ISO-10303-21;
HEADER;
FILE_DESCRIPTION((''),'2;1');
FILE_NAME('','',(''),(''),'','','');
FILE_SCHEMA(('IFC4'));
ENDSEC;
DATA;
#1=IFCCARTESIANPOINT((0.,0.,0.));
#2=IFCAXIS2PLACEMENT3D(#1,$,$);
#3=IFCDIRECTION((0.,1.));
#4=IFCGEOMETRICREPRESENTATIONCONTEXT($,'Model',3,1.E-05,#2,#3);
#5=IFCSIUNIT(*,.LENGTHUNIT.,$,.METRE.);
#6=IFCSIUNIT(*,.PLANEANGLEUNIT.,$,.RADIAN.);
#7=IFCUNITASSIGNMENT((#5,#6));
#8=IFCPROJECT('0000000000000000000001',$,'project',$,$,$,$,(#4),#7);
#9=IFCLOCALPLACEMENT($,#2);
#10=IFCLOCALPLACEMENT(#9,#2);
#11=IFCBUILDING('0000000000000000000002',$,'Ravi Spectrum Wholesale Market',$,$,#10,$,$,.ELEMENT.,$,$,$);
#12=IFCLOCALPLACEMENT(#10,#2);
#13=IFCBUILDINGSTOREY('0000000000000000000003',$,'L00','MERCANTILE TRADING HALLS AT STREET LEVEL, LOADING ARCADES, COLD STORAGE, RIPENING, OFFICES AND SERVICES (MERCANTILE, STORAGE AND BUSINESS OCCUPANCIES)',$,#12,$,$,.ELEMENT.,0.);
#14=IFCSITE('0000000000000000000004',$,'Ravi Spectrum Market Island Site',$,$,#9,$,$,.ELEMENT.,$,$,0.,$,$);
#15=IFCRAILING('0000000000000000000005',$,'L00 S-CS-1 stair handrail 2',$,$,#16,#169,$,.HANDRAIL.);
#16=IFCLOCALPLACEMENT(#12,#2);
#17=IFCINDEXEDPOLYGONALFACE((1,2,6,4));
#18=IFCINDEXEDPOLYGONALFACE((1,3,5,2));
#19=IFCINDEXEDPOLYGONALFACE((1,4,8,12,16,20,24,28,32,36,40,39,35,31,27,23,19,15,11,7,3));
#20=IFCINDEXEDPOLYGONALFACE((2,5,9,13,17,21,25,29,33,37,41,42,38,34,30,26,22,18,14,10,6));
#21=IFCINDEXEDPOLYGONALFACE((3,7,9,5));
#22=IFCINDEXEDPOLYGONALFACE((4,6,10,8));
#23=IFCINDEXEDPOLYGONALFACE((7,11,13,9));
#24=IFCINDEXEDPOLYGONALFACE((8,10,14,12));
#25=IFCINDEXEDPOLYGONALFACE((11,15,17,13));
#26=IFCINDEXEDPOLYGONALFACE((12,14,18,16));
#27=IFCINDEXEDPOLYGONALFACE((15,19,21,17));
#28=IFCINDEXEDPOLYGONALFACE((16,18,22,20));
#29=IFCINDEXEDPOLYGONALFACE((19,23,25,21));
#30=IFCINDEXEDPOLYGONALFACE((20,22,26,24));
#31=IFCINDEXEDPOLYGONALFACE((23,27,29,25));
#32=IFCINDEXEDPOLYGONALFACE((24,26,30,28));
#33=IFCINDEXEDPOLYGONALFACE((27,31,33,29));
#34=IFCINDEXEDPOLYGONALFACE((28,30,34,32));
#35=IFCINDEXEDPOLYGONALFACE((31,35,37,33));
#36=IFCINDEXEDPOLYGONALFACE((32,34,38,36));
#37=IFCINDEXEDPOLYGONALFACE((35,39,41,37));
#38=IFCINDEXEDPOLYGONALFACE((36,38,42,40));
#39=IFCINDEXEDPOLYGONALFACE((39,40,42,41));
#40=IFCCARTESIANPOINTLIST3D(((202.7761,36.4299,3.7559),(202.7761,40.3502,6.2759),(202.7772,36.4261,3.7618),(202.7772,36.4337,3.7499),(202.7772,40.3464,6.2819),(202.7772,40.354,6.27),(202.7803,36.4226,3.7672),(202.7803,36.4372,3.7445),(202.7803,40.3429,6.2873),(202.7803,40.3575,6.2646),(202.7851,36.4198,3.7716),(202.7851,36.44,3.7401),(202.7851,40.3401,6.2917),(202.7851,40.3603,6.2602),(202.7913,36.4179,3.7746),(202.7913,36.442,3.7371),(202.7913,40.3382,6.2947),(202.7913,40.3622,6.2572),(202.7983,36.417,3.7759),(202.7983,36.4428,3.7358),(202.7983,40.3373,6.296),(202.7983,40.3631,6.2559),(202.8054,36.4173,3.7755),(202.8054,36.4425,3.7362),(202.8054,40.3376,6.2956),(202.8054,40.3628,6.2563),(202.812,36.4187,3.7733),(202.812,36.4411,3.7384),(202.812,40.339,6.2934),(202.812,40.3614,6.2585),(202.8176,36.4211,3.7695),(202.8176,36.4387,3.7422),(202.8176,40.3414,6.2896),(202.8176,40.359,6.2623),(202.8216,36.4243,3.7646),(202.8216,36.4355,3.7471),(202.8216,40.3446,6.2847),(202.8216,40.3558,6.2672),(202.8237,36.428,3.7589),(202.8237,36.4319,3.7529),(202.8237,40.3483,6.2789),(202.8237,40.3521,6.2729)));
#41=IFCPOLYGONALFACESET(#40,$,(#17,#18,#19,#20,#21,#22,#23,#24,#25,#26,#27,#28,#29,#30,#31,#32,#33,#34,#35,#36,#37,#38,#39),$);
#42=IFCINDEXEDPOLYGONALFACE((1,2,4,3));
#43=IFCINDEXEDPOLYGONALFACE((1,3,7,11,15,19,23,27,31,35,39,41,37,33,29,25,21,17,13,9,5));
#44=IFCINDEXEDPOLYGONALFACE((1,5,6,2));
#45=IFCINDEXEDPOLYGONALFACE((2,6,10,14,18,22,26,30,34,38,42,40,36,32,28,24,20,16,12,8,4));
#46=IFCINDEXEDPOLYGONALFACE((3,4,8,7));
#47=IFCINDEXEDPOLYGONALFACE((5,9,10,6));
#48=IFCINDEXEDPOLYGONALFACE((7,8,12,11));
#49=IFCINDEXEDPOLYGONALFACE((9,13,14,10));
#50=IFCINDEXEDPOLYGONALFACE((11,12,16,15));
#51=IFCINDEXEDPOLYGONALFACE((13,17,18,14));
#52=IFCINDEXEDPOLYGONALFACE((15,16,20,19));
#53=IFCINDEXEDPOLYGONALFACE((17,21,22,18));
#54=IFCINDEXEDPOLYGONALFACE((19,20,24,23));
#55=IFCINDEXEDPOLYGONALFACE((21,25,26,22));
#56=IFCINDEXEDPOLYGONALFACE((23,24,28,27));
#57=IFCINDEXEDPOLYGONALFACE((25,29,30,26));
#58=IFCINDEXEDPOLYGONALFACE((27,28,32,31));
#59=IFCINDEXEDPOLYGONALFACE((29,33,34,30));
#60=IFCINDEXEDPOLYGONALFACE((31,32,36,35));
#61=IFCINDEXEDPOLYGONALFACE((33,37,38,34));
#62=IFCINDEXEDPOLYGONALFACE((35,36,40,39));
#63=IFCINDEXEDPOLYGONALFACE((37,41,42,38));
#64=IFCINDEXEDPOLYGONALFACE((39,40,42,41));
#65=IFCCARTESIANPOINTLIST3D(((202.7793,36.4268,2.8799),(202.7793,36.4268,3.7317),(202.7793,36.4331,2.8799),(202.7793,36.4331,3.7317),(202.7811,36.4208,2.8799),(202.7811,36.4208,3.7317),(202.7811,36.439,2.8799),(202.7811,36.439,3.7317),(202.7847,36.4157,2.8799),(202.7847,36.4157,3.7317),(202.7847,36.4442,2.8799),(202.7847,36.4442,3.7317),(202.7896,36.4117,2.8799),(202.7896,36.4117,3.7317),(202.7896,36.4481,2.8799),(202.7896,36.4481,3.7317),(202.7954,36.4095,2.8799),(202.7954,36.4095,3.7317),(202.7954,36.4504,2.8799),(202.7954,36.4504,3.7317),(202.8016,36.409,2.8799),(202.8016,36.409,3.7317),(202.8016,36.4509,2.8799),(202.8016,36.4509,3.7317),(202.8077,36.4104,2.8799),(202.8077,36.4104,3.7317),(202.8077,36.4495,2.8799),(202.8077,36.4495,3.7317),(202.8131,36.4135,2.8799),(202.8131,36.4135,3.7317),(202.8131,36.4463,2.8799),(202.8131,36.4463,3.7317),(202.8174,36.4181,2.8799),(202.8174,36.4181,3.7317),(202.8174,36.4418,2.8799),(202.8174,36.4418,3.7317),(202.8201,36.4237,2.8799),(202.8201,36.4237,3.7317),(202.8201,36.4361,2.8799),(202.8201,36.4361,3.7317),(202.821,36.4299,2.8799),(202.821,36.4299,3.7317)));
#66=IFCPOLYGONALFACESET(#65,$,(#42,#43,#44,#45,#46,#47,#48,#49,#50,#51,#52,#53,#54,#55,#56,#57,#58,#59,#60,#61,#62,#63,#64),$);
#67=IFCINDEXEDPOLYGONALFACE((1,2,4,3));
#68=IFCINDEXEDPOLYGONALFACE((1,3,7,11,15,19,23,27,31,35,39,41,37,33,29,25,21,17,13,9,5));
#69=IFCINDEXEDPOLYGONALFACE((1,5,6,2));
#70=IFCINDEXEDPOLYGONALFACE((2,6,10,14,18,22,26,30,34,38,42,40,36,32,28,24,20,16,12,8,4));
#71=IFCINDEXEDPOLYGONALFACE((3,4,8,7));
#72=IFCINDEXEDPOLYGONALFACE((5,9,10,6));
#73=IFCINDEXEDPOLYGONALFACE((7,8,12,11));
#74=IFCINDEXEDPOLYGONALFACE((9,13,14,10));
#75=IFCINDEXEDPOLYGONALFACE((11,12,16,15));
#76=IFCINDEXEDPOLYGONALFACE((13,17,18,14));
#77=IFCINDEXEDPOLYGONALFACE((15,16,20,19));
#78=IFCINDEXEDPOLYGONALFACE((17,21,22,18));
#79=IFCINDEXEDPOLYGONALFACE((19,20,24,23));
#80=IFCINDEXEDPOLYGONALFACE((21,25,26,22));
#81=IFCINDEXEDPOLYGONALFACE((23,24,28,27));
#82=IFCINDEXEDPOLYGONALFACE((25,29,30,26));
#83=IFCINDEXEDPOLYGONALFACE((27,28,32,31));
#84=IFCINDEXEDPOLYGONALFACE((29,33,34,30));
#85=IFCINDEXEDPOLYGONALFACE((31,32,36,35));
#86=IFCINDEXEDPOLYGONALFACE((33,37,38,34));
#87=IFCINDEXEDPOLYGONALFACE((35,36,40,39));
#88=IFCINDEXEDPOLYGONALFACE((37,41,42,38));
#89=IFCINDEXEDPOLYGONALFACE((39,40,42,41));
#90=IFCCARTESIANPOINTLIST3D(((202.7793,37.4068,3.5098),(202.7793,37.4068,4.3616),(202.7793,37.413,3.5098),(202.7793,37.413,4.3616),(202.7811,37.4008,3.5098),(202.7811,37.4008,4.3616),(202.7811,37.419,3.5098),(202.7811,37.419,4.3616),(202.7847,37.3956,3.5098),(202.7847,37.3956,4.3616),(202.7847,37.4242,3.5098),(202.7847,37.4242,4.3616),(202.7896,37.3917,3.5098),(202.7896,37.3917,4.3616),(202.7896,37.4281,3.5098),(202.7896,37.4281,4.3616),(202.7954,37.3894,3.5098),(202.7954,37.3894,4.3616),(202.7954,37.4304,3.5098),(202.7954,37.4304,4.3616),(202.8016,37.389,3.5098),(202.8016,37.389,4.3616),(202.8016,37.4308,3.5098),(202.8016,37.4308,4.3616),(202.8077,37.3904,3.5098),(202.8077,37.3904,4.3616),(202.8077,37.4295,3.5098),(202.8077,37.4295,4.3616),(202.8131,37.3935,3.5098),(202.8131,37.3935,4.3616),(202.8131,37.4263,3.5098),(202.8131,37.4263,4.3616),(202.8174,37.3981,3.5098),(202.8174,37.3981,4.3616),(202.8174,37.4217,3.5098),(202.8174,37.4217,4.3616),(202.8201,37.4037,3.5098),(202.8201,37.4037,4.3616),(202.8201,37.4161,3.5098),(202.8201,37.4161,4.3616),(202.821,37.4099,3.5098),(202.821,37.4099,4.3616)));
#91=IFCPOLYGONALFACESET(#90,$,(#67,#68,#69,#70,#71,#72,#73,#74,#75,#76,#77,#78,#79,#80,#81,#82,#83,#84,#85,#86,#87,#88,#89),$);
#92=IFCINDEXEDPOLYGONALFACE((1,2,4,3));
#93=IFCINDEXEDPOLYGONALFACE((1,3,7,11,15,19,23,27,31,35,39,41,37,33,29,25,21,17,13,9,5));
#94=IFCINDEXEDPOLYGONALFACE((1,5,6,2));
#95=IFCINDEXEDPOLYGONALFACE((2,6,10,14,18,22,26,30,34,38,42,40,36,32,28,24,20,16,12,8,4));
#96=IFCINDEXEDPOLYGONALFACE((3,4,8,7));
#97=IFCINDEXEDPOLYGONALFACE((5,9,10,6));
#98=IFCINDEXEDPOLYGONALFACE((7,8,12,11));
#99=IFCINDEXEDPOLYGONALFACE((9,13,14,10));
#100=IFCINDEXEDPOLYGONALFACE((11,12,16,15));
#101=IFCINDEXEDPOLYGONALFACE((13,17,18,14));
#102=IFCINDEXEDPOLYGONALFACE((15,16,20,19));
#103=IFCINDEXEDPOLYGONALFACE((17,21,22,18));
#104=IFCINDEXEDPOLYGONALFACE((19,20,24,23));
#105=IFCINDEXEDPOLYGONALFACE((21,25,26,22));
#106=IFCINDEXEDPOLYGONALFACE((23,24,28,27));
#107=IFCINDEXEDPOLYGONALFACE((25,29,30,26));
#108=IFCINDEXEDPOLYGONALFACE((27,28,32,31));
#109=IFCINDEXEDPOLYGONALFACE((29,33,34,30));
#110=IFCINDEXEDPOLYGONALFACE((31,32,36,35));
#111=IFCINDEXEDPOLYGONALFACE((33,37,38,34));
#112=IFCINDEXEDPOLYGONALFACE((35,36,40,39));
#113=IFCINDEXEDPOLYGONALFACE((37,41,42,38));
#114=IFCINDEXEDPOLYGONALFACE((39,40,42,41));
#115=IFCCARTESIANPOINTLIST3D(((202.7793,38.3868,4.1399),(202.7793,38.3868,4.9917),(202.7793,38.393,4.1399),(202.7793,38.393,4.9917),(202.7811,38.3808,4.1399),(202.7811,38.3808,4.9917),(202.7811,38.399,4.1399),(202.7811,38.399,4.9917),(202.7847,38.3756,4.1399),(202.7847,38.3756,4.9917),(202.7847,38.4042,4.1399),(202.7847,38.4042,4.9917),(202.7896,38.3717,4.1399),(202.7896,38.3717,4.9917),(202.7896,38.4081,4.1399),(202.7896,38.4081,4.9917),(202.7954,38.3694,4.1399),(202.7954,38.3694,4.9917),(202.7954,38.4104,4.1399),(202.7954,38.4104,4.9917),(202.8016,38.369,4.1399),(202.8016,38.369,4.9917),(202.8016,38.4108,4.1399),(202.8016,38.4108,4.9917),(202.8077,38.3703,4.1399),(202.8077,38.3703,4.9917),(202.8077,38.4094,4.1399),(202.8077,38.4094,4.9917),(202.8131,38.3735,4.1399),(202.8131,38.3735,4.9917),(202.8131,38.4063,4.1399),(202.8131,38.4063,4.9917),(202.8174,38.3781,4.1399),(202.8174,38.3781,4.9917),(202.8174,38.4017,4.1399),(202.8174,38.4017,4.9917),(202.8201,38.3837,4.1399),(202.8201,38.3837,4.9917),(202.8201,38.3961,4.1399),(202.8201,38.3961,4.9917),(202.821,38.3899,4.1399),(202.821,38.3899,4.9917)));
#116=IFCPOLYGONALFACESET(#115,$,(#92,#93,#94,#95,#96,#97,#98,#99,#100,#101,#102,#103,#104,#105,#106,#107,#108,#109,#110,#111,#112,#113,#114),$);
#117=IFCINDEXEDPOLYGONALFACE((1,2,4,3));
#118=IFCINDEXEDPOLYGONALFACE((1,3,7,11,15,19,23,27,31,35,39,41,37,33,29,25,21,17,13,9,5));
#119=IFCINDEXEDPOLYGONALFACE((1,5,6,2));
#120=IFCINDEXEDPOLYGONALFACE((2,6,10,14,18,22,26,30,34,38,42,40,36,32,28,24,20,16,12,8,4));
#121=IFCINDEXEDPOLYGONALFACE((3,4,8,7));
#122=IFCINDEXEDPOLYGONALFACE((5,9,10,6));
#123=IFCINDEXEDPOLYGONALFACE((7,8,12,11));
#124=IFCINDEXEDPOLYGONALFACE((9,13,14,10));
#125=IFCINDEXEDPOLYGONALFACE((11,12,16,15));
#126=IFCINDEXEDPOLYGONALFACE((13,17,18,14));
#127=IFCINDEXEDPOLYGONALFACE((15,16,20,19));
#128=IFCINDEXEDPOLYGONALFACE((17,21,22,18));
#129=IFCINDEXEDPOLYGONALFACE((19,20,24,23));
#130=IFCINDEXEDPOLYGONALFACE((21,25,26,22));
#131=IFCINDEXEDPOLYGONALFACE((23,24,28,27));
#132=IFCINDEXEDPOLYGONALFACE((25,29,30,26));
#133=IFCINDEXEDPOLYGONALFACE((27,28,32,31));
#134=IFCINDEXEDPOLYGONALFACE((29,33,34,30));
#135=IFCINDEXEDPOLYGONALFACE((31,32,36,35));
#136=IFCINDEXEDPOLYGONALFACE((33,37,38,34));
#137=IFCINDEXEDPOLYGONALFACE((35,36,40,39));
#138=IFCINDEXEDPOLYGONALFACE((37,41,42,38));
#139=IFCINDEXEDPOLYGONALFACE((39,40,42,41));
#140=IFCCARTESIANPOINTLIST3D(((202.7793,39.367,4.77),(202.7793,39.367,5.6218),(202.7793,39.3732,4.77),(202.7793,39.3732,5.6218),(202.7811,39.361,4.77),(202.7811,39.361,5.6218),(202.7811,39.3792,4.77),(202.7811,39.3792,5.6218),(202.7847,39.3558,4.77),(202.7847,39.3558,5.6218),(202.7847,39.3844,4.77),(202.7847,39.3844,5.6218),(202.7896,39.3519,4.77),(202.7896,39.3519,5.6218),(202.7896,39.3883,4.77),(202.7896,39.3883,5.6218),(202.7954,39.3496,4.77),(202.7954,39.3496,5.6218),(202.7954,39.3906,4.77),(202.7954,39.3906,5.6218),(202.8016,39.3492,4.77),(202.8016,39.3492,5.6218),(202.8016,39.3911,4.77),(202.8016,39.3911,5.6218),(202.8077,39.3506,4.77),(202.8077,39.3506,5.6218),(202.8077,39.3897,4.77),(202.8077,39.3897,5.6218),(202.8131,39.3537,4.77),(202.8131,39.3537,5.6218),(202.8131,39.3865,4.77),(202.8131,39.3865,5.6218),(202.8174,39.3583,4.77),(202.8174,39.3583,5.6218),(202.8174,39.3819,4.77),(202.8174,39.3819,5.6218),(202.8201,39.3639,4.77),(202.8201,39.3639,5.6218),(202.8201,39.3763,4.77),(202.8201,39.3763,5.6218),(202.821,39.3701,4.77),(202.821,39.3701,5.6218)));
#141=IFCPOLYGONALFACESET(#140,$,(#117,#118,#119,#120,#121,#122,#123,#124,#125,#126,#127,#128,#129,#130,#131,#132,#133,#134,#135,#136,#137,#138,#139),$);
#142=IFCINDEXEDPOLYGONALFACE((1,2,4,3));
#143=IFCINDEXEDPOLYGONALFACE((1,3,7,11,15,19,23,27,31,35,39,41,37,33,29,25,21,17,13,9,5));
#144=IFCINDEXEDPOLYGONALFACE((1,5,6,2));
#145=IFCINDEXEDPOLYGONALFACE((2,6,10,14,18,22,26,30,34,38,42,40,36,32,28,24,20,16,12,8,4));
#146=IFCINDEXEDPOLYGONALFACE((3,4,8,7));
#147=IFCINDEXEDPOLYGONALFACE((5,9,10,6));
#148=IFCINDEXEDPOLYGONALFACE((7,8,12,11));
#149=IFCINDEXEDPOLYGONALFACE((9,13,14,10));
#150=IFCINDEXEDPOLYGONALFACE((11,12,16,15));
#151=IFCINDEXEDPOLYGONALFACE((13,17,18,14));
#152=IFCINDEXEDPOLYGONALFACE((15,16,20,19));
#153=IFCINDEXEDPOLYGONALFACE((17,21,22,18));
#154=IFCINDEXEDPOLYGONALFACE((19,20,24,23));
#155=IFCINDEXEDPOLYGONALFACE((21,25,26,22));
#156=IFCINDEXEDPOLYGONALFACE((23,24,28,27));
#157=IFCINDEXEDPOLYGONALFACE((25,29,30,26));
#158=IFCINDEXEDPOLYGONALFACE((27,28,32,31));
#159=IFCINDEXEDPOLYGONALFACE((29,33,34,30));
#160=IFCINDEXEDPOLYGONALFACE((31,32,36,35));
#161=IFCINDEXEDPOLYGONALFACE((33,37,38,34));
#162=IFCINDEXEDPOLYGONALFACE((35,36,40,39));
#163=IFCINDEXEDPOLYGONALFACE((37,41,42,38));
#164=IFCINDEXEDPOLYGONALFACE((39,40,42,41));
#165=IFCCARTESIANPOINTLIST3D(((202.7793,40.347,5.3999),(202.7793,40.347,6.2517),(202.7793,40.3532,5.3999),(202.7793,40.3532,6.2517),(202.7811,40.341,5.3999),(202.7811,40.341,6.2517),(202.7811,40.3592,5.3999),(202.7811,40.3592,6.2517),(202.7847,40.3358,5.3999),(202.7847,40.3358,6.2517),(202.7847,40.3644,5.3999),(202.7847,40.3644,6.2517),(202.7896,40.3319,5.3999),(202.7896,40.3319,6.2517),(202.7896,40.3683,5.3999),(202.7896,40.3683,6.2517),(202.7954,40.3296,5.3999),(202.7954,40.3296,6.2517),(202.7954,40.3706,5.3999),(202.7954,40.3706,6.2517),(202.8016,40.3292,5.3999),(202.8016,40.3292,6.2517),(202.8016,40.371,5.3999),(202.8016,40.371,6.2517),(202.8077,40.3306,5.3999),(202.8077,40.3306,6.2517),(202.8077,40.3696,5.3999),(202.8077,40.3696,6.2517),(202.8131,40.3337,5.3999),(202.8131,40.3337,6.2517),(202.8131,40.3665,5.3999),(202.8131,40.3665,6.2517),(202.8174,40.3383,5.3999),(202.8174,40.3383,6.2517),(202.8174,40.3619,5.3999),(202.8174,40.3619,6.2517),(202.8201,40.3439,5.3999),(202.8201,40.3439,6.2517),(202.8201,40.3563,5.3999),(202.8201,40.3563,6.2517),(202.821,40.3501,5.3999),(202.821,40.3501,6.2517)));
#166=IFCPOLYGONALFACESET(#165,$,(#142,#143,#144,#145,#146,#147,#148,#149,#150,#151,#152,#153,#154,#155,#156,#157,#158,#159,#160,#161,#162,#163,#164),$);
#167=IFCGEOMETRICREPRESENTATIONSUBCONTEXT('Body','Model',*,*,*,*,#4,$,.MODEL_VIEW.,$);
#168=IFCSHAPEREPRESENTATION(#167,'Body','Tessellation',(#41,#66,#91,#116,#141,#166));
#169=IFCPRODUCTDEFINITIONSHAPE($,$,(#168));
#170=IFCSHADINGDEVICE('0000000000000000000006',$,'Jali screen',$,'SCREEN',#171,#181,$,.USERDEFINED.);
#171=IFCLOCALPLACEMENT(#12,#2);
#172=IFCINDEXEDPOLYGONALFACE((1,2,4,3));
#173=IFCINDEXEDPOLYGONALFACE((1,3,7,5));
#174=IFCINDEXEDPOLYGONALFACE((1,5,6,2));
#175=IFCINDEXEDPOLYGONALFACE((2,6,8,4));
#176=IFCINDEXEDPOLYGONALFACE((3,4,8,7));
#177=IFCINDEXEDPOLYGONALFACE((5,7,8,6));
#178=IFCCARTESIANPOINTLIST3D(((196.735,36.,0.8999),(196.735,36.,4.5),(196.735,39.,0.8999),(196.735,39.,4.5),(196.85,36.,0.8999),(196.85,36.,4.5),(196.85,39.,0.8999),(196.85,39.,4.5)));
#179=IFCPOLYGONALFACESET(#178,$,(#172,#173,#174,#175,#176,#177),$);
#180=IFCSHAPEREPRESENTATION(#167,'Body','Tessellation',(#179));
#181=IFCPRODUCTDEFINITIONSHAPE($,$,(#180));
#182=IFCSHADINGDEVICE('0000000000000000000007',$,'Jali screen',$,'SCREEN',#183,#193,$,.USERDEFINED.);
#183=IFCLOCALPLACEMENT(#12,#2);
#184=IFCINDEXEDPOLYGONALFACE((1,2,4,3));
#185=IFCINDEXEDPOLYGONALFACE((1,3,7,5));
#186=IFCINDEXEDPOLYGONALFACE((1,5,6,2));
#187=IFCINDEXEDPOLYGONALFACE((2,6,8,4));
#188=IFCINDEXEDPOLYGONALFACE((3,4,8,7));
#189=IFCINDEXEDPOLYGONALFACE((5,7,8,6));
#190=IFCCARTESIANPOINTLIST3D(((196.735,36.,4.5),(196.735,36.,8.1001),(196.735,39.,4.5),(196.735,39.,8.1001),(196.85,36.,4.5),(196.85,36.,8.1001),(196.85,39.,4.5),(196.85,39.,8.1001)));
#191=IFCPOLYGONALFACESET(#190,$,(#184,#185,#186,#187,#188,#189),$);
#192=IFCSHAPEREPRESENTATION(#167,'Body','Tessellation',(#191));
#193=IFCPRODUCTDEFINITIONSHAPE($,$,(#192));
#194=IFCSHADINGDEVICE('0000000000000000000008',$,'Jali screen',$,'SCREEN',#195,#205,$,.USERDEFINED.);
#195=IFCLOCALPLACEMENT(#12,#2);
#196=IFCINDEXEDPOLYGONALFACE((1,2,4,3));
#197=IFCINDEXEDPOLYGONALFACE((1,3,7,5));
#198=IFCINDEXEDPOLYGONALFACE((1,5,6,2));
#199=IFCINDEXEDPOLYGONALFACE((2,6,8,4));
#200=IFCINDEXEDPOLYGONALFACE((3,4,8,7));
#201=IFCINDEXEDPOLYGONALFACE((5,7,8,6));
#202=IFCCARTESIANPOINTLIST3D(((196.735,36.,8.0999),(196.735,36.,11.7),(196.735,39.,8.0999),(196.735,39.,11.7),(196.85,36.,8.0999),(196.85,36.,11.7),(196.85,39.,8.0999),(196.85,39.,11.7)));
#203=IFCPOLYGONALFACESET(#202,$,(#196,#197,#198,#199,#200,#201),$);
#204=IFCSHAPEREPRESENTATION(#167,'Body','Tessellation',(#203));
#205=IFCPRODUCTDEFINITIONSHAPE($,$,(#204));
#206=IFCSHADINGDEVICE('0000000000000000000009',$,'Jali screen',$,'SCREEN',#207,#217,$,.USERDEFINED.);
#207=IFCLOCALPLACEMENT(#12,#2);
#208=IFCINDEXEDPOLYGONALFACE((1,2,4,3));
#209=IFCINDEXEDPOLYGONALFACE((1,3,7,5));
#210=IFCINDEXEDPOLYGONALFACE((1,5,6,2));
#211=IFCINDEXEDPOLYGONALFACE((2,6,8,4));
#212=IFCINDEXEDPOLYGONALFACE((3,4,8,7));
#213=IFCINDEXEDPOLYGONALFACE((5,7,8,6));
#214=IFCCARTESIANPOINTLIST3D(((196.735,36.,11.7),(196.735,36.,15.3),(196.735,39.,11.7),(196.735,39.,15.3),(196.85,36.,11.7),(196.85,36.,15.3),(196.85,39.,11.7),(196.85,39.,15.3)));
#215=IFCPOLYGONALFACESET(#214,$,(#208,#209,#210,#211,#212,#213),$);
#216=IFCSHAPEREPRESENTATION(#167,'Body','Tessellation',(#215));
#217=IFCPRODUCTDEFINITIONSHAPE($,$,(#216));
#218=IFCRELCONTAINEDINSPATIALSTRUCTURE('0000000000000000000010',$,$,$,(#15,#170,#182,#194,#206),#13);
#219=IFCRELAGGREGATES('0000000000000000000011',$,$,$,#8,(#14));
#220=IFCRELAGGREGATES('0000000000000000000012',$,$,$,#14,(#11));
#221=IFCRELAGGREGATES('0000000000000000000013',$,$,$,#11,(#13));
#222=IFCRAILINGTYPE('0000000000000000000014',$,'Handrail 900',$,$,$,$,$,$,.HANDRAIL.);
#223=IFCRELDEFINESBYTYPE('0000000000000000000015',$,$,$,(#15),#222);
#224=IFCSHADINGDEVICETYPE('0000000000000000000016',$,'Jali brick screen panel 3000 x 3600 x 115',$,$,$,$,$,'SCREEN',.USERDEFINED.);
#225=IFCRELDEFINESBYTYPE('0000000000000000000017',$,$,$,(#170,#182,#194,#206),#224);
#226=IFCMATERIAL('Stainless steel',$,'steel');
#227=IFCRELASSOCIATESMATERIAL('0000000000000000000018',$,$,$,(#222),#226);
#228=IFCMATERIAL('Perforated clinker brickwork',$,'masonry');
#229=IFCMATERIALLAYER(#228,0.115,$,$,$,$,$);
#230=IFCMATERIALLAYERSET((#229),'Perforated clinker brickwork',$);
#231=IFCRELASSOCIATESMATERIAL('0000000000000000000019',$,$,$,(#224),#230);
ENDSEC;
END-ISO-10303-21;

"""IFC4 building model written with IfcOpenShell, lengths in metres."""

from ifc_helpers import new_model, si_unit, direction, frame, origin, origin_2d, place, context, subcontext, project, spatial, rectangle, circle, extrude, material, layer, layer_set, type_object, element, save


model = new_model("IFC4")

# Units and contexts
model_context = context("Model", 3, precision=1e-05, world=origin(), true_north=direction((0.0, 1.0)))
body_context = subcontext(model_context, "Body", "Model", "MODEL_VIEW")
ifc_project = project(units=[si_unit("LENGTHUNIT", "METRE"), si_unit("PLANEANGLEUNIT", "RADIAN")], contexts=[model_context])

# Site, building, storey
site_placement = place(None, origin())
site = spatial("IfcSite", under=ifc_project, at=site_placement, Name="Ravi Spectrum Market Island Site", CompositionType="ELEMENT", RefElevation=0.0)
building_placement = place(site_placement, origin())
building = spatial("IfcBuilding", under=site, at=building_placement, Name="Ravi Spectrum Wholesale Market", CompositionType="ELEMENT")
storey_placement = place(building_placement, origin())
storey = spatial("IfcBuildingStorey", under=building, at=storey_placement, Name="L00", Description="MERCANTILE TRADING HALLS AT STREET LEVEL, LOADING ARCADES, COLD STORAGE, RIPENING, OFFICES AND SERVICES (MERCANTILE, STORAGE AND BUSINESS OCCUPANCIES)", CompositionType="ELEMENT", Elevation=0.0)

# Railing
ifc_material_1 = material(Name="Stainless steel", Category="steel")
railing_type_1 = type_object("IfcRailingType", Name="Handrail 900", PredefinedType="HANDRAIL", material=ifc_material_1)
railing_1_placement = place(storey_placement, frame((202.8, 36.4299, 2.8799)))
element("IfcRailing", 1, at=railing_1_placement, inside=storey, type_object=railing_type_1, Name="L00 S-CS-1 stair handrail 2", PredefinedType="HANDRAIL", context=body_context, shape_type="SweptSolid", body=[
    extrude(circle(Radius=0.0239, at=origin_2d()), frame((0.0, 0.0, 0.876), z_axis=(0.0, 0.841187, 0.540744), x_axis=(-1.0, 0.0, 0.0)), (0.0, 0.0, 1.0), 4.6604),
    extrude(circle(Radius=0.021, at=origin_2d()), origin(), (0.0, 0.0, 1.0), 0.8518),
    extrude(circle(Radius=0.021, at=origin_2d()), frame((0.0, 0.98, 0.6299)), (0.0, 0.0, 1.0), 0.8518),
    extrude(circle(Radius=0.021, at=origin_2d()), frame((0.0, 1.96, 1.26)), (0.0, 0.0, 1.0), 0.8518),
    extrude(circle(Radius=0.021, at=origin_2d()), frame((0.0, 2.9402, 1.8901)), (0.0, 0.0, 1.0), 0.8518),
    extrude(circle(Radius=0.021, at=origin_2d()), frame((0.0, 3.9202, 2.52)), (0.0, 0.0, 1.0), 0.8518),
])

# Shading devices
ifc_material_2 = material(Name="Perforated clinker brickwork", Category="masonry")
ifc_layer_1 = layer(ifc_material_2, 0.115)
ifc_layer_set_1 = layer_set([ifc_layer_1], Name="Perforated clinker brickwork")
shading_device_type = type_object("IfcShadingDeviceType", Name="Jali brick screen panel 3000 x 3600 x 115", ElementType="SCREEN", PredefinedType="USERDEFINED", material=ifc_layer_set_1)
for number, where, z_axis, x_axis, name in (
    (2, (196.7925, 37.5, 0.8999), (0.0, 0.0, 1.0), (1.0, 0.0, 0.0), "Jali screen"),
    (3, (196.7925, 37.5, 4.5), (0.0, 0.0, 1.0), (1.0, 0.0, 0.0), "Jali screen"),
    (4, (196.7925, 37.5, 8.0999), (0.0, 0.0, 1.0), (1.0, 0.0, 0.0), "Jali screen"),
    (5, (196.7925, 37.5, 11.7), (0.0, 0.0, 1.0), (1.0, 0.0, 0.0), "Jali screen"),
):
    element("IfcShadingDevice", number, at=place(storey_placement, frame(where, z_axis=z_axis, x_axis=x_axis)), inside=storey, type_object=shading_device_type, Name=name, ObjectType="SCREEN", PredefinedType="USERDEFINED", context=body_context, shape_type="SweptSolid", body=[
        extrude(rectangle(XDim=0.115, YDim=3.0, at=origin_2d()), origin(), (0.0, 0.0, 1.0), 3.6001),
    ])

save(model, "model.ifc")
